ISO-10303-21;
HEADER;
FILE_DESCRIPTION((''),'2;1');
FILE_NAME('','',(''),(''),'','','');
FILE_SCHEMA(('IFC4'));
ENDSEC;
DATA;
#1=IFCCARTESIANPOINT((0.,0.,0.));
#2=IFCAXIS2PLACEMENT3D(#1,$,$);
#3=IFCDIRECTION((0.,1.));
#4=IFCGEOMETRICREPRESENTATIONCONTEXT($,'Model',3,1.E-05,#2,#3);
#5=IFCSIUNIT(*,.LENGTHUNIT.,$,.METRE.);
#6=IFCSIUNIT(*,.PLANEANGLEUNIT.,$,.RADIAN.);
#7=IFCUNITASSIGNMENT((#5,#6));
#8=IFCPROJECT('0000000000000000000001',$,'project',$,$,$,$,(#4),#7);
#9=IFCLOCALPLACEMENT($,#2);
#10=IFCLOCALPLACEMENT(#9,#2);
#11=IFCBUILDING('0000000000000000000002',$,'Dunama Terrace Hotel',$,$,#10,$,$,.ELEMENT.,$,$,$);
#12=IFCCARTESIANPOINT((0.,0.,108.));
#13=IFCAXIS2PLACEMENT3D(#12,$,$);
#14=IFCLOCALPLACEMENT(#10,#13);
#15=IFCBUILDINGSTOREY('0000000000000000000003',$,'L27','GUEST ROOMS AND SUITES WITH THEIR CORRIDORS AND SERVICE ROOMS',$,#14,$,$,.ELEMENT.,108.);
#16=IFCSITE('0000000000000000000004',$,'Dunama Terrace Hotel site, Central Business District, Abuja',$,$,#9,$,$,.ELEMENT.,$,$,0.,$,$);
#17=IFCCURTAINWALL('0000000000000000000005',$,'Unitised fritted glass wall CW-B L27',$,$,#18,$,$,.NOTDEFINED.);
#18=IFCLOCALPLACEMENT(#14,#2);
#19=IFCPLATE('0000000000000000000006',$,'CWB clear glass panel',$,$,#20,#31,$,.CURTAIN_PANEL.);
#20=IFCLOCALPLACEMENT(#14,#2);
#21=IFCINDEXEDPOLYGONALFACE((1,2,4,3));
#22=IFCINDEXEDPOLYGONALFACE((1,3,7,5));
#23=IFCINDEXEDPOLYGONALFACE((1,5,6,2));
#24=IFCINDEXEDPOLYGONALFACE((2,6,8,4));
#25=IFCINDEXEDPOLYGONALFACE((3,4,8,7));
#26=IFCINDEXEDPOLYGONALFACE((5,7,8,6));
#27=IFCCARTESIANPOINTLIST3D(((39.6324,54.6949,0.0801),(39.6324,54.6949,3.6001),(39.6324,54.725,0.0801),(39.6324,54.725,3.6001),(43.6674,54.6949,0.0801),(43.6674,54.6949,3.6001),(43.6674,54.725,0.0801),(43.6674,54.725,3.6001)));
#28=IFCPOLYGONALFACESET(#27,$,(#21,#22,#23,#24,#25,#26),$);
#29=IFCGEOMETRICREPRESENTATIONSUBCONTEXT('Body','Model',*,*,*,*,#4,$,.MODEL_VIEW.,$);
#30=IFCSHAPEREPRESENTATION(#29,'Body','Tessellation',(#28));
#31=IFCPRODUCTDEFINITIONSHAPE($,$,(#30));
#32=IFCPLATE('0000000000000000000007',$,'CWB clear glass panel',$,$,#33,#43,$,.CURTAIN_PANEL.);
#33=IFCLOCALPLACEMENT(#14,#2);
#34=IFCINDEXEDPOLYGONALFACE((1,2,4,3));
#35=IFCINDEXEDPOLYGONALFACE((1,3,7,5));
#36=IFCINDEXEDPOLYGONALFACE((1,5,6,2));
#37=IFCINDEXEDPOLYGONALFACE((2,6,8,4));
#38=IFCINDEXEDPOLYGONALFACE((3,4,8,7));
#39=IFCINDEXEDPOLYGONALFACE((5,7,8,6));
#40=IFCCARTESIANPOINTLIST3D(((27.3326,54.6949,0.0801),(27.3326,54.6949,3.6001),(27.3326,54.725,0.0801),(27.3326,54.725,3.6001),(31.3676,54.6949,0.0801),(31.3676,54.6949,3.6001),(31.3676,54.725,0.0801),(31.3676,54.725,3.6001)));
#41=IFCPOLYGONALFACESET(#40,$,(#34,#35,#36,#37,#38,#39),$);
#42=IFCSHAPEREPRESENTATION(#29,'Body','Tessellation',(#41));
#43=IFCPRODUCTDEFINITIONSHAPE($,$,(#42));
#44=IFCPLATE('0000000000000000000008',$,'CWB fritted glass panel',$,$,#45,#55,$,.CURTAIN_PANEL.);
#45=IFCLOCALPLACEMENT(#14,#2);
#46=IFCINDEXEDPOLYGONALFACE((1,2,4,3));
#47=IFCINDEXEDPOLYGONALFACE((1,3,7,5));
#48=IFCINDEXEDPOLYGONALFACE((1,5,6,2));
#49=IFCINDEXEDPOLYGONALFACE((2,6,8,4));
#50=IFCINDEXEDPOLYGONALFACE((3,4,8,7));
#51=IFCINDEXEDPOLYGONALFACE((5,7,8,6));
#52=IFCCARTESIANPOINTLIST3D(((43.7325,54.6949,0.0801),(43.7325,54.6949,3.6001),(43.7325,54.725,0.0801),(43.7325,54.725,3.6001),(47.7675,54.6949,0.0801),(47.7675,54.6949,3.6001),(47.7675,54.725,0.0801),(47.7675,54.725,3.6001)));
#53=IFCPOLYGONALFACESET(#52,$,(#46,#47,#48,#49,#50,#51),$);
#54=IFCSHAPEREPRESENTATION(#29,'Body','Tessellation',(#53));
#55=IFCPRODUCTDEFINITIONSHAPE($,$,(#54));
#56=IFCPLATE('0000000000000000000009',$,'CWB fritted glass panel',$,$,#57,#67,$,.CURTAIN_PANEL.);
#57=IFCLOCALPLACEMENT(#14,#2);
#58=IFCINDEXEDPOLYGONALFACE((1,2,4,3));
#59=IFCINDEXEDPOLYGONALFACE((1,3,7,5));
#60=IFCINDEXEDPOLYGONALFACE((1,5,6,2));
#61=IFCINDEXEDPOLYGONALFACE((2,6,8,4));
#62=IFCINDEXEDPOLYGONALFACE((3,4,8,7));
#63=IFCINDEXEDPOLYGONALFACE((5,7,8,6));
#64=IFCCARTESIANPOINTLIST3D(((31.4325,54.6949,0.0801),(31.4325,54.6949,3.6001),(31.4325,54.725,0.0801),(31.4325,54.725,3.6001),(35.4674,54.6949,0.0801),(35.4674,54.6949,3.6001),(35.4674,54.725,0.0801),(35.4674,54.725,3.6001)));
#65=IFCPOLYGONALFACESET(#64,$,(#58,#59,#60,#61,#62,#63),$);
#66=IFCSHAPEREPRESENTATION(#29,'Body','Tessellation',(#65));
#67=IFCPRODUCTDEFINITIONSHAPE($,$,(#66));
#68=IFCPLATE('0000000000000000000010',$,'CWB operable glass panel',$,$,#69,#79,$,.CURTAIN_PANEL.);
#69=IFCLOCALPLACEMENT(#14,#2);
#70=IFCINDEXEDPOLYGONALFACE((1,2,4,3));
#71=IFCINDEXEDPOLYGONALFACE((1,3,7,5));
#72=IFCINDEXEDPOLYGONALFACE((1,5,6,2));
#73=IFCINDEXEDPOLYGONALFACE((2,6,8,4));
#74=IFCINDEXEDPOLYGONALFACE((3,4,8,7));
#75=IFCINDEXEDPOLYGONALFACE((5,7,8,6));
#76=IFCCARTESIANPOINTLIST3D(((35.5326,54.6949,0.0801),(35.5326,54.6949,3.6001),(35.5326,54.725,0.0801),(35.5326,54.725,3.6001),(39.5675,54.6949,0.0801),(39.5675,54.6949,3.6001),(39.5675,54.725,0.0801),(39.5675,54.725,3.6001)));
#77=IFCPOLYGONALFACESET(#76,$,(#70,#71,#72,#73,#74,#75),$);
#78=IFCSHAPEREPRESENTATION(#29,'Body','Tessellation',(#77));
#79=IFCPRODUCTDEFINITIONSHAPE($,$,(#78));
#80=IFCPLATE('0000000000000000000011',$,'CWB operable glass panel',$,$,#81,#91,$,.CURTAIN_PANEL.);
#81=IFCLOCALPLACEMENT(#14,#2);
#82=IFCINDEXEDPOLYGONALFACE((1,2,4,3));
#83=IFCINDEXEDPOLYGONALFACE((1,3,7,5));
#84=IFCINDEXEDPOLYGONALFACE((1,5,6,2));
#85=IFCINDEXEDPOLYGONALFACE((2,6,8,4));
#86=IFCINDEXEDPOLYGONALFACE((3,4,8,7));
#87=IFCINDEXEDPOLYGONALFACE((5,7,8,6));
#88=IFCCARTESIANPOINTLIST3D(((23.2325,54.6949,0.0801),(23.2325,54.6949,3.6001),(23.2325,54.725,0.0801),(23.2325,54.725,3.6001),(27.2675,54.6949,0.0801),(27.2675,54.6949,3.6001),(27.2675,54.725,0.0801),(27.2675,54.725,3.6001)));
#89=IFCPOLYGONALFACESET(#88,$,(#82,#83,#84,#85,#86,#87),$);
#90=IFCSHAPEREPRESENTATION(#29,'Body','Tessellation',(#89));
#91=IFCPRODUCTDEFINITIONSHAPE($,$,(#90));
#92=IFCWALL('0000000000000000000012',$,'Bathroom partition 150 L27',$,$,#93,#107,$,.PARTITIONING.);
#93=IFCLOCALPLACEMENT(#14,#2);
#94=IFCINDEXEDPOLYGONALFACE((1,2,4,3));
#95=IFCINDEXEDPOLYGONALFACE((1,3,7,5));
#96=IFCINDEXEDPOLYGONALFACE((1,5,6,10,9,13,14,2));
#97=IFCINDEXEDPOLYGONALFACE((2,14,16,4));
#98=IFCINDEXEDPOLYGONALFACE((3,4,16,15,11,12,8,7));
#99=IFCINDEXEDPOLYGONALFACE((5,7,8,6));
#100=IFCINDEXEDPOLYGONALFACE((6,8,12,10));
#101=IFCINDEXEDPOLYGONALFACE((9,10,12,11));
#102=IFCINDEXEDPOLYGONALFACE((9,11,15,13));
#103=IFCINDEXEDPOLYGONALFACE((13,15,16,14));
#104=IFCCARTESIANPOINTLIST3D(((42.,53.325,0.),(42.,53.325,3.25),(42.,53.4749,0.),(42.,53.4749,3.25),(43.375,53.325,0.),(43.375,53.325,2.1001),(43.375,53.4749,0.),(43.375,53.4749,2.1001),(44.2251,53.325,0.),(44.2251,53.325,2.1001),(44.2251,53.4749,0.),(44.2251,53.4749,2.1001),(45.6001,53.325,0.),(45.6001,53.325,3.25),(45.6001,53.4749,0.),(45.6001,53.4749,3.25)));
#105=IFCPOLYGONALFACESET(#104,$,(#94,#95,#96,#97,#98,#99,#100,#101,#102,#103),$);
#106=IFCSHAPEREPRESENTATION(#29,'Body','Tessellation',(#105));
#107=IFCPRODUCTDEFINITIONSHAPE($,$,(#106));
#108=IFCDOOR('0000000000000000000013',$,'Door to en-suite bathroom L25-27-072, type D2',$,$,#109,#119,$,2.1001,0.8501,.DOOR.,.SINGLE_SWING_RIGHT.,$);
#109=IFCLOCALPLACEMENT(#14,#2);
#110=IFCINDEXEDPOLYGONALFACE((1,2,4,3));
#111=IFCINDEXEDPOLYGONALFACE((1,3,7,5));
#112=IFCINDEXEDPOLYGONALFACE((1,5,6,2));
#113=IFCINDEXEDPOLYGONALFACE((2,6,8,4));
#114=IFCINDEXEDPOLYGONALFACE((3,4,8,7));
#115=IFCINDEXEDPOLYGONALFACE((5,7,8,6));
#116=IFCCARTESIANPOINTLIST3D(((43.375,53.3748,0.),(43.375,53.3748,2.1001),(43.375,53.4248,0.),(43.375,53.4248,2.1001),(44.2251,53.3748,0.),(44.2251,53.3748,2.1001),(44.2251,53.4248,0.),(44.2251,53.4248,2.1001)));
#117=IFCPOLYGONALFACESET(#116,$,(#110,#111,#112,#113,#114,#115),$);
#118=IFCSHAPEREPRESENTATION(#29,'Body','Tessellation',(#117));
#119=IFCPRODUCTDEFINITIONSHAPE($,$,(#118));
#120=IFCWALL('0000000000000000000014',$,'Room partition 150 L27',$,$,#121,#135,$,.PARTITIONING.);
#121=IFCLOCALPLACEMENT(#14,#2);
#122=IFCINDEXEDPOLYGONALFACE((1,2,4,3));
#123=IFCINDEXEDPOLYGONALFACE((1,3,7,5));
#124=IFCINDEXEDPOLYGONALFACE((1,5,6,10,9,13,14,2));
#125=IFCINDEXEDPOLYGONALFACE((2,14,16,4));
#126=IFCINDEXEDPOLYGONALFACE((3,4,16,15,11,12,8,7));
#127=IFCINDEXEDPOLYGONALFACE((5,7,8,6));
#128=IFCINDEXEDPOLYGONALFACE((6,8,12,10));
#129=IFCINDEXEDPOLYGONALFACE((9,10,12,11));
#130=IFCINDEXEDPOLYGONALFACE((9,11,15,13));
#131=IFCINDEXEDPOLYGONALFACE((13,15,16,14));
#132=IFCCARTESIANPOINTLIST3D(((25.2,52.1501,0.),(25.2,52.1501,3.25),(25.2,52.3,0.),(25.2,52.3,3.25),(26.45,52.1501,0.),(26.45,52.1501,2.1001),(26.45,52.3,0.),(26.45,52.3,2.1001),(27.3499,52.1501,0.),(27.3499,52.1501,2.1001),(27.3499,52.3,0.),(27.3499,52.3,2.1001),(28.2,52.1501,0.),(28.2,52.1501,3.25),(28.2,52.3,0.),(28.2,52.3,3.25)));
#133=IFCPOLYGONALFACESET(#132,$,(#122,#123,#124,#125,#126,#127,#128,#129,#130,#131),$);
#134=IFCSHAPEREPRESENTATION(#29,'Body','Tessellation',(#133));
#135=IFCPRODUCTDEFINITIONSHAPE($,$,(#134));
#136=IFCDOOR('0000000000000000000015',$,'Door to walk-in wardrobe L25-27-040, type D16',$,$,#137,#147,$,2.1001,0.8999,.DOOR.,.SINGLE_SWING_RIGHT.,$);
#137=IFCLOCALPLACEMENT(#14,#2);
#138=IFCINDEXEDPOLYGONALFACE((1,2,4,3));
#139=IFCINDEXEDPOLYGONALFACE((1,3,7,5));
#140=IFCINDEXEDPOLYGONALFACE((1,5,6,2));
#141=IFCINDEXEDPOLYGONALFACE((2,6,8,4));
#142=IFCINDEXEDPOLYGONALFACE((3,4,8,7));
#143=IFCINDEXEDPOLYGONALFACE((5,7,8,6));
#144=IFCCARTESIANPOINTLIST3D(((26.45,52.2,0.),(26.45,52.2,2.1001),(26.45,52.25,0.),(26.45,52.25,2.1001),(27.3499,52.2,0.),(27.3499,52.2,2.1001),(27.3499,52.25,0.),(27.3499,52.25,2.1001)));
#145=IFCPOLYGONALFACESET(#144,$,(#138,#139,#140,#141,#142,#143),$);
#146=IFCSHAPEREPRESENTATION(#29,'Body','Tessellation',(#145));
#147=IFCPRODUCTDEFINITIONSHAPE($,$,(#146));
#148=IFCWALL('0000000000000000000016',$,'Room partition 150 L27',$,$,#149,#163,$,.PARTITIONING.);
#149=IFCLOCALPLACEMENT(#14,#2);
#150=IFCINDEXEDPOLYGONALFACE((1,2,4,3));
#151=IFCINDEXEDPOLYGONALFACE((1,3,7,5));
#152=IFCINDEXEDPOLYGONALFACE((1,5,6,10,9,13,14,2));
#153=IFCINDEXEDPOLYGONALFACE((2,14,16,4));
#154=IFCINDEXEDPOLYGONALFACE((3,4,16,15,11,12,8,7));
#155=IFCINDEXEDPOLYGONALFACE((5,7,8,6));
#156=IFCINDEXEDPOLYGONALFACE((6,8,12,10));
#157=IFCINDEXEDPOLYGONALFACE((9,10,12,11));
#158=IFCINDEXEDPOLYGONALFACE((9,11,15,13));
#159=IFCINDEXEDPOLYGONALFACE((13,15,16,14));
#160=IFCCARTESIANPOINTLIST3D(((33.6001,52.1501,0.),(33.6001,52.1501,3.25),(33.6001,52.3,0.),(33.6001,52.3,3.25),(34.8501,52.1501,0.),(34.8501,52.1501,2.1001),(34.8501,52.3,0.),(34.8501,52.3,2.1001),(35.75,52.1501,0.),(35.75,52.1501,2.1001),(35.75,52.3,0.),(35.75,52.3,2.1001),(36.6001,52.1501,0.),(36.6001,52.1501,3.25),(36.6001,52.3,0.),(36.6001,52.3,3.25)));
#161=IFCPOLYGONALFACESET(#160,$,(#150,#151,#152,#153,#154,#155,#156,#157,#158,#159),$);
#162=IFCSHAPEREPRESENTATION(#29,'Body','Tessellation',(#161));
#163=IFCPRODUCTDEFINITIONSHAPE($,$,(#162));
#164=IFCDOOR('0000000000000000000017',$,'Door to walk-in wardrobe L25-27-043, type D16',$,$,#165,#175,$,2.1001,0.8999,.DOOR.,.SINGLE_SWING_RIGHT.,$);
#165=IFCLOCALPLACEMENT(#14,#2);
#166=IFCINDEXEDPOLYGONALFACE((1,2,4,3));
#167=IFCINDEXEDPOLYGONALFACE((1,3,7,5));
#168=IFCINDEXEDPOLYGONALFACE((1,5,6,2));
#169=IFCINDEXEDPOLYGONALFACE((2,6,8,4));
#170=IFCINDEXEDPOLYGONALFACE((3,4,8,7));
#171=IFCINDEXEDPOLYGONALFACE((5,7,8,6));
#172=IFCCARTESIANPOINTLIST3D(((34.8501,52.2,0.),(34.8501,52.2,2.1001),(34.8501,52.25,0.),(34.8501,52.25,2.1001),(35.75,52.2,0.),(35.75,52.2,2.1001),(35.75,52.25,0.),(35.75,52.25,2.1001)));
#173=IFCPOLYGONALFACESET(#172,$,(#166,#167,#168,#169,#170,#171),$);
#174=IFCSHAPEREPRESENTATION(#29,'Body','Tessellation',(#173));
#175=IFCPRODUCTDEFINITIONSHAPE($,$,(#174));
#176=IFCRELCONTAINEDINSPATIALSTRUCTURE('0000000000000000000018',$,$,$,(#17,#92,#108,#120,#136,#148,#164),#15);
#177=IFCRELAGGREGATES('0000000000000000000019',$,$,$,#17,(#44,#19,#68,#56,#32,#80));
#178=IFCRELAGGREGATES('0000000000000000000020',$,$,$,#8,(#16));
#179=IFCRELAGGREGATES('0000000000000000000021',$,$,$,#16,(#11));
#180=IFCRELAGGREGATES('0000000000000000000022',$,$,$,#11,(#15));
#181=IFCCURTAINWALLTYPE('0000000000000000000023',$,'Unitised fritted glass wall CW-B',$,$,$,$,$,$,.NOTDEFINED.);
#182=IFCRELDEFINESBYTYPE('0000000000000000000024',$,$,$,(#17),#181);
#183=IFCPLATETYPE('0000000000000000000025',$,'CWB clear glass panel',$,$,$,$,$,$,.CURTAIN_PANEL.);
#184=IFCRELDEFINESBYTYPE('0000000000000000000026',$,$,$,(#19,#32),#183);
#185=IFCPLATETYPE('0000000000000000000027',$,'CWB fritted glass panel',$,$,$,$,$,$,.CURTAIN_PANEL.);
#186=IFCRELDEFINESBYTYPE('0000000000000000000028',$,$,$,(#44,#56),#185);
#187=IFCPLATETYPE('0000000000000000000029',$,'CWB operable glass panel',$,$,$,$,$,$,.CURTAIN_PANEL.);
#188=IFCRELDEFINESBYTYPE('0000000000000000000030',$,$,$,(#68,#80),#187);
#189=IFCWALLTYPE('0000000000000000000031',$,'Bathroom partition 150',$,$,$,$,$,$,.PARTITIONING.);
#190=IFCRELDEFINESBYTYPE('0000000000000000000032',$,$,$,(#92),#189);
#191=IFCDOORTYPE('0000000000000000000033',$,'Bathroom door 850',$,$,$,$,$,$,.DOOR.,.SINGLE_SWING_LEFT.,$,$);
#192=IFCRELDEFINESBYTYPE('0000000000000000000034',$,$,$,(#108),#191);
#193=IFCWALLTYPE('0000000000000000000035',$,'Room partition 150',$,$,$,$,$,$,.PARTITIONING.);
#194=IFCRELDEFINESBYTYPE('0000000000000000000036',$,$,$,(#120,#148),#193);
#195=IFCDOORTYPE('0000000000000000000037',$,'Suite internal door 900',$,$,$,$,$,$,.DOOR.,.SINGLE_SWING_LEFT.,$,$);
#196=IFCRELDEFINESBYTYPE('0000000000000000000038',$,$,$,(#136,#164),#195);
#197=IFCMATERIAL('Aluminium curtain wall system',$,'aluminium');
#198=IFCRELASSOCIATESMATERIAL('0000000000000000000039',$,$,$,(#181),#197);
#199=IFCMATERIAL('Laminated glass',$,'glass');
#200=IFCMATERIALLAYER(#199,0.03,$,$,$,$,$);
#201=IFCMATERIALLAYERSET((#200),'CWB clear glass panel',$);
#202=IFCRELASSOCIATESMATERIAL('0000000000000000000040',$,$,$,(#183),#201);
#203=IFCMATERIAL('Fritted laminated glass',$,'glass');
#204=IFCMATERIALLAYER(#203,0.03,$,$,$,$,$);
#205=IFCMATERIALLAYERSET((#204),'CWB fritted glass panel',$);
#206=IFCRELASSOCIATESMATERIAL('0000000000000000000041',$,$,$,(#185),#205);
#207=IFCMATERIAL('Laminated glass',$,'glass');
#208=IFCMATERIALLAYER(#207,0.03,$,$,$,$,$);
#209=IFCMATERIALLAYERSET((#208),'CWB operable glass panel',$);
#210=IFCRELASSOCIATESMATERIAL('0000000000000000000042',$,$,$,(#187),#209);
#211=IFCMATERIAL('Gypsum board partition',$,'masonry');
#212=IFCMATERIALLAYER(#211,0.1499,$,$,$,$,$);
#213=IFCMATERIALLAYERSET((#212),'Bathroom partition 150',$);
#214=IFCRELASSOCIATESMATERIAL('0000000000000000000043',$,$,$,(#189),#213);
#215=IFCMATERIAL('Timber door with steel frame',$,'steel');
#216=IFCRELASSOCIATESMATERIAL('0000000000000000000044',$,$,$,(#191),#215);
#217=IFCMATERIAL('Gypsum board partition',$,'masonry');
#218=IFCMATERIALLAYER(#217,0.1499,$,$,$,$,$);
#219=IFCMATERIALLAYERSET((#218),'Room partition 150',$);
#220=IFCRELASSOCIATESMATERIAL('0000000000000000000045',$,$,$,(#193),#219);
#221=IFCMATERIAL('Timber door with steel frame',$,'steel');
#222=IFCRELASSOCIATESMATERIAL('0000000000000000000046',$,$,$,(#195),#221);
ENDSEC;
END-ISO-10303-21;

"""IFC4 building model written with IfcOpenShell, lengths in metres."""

from ifc_helpers import new_model, si_unit, direction, frame, frame_2d, origin, origin_2d, place, context, subcontext, project, spatial, rectangle, extrude, material, layer, layer_set, type_object, element, fill, aggregate, save


model = new_model("IFC4")

# Units and contexts
model_context = context("Model", 3, precision=1e-05, world=origin(), true_north=direction((0.0, 1.0)))
body_context = subcontext(model_context, "Body", "Model", "MODEL_VIEW")
ifc_project = project(units=[si_unit("LENGTHUNIT", "METRE"), si_unit("PLANEANGLEUNIT", "RADIAN")], contexts=[model_context])

# Site, building, storey
site_placement = place(None, origin())
site = spatial("IfcSite", under=ifc_project, at=site_placement, Name="Dunama Terrace Hotel site, Central Business District, Abuja", CompositionType="ELEMENT", RefElevation=0.0)
building_placement = place(site_placement, origin())
building = spatial("IfcBuilding", under=site, at=building_placement, Name="Dunama Terrace Hotel", CompositionType="ELEMENT")
storey_placement = place(building_placement, frame((0.0, 0.0, 108.0)))
storey = spatial("IfcBuildingStorey", under=building, at=storey_placement, Name="L27", Description="GUEST ROOMS AND SUITES WITH THEIR CORRIDORS AND SERVICE ROOMS", CompositionType="ELEMENT", Elevation=108.0)

# Curtain wall
ifc_material_1 = material(Name="Aluminium curtain wall system", Category="aluminium")
curtain_wall_type = type_object("IfcCurtainWallType", Name="Unitised fritted glass wall CW-B", PredefinedType="NOTDEFINED", material=ifc_material_1)
curtain_wall_placement = place(storey_placement, origin())
curtain_wall = element("IfcCurtainWall", 1, at=curtain_wall_placement, inside=storey, type_object=curtain_wall_type, Name="Unitised fritted glass wall CW-B L27", PredefinedType="NOTDEFINED")

# Plates
ifc_material_2 = material(Name="Laminated glass", Category="glass")
ifc_layer_1 = layer(ifc_material_2, 0.03)
ifc_layer_set_1 = layer_set([ifc_layer_1], Name="CWB clear glass panel")
plate_type_1 = type_object("IfcPlateType", Name="CWB clear glass panel", PredefinedType="CURTAIN_PANEL", material=ifc_layer_set_1)
plate_1_placement = place(storey_placement, frame((41.6499, 54.71, 0.0801), z_axis=(0.0, 0.0, 1.0), x_axis=(-1.0, 0.0, 0.0)))
plate_1 = element("IfcPlate", 2, at=plate_1_placement, type_object=plate_type_1, Name="CWB clear glass panel", PredefinedType="CURTAIN_PANEL", context=body_context, shape_type="SweptSolid", body=[
    extrude(rectangle(XDim=4.0349, YDim=0.03, at=origin_2d()), origin(), (0.0, 0.0, 1.0), 3.52),
])
plate_2_placement = place(storey_placement, frame((29.3501, 54.71, 0.0801), z_axis=(0.0, 0.0, 1.0), x_axis=(-1.0, 0.0, 0.0)))
plate_2 = element("IfcPlate", 3, at=plate_2_placement, type_object=plate_type_1, Name="CWB clear glass panel", PredefinedType="CURTAIN_PANEL", context=body_context, shape_type="SweptSolid", body=[
    extrude(rectangle(XDim=4.0349, YDim=0.03, at=origin_2d()), origin(), (0.0, 0.0, 1.0), 3.52),
])
ifc_material_3 = material(Name="Fritted laminated glass", Category="glass")
ifc_layer_2 = layer(ifc_material_3, 0.03)
ifc_layer_set_2 = layer_set([ifc_layer_2], Name="CWB fritted glass panel")
plate_type_2 = type_object("IfcPlateType", Name="CWB fritted glass panel", PredefinedType="CURTAIN_PANEL", material=ifc_layer_set_2)
plate_3_placement = place(storey_placement, frame((45.75, 54.71, 0.0801), z_axis=(0.0, 0.0, 1.0), x_axis=(-1.0, 0.0, 0.0)))
plate_3 = element("IfcPlate", 4, at=plate_3_placement, type_object=plate_type_2, Name="CWB fritted glass panel", PredefinedType="CURTAIN_PANEL", context=body_context, shape_type="SweptSolid", body=[
    extrude(rectangle(XDim=4.0349, YDim=0.03, at=origin_2d()), origin(), (0.0, 0.0, 1.0), 3.52),
])
plate_4_placement = place(storey_placement, frame((33.45, 54.71, 0.0801), z_axis=(0.0, 0.0, 1.0), x_axis=(-1.0, 0.0, 0.0)))
plate_4 = element("IfcPlate", 5, at=plate_4_placement, type_object=plate_type_2, Name="CWB fritted glass panel", PredefinedType="CURTAIN_PANEL", context=body_context, shape_type="SweptSolid", body=[
    extrude(rectangle(XDim=4.0349, YDim=0.03, at=origin_2d()), origin(), (0.0, 0.0, 1.0), 3.52),
])
ifc_material_4 = material(Name="Laminated glass", Category="glass")
ifc_layer_3 = layer(ifc_material_4, 0.03)
ifc_layer_set_3 = layer_set([ifc_layer_3], Name="CWB operable glass panel")
plate_type_3 = type_object("IfcPlateType", Name="CWB operable glass panel", PredefinedType="CURTAIN_PANEL", material=ifc_layer_set_3)
plate_5_placement = place(storey_placement, frame((37.55, 54.71, 0.0801), z_axis=(0.0, 0.0, 1.0), x_axis=(-1.0, 0.0, 0.0)))
plate_5 = element("IfcPlate", 6, at=plate_5_placement, type_object=plate_type_3, Name="CWB operable glass panel", PredefinedType="CURTAIN_PANEL", context=body_context, shape_type="SweptSolid", body=[
    extrude(rectangle(XDim=4.0349, YDim=0.03, at=origin_2d()), origin(), (0.0, 0.0, 1.0), 3.52),
])
plate_6_placement = place(storey_placement, frame((25.25, 54.71, 0.0801), z_axis=(0.0, 0.0, 1.0), x_axis=(-1.0, 0.0, 0.0)))
plate_6 = element("IfcPlate", 7, at=plate_6_placement, type_object=plate_type_3, Name="CWB operable glass panel", PredefinedType="CURTAIN_PANEL", context=body_context, shape_type="SweptSolid", body=[
    extrude(rectangle(XDim=4.0349, YDim=0.03, at=origin_2d()), origin(), (0.0, 0.0, 1.0), 3.52),
])
aggregate(curtain_wall, [plate_3, plate_1, plate_5, plate_4, plate_2, plate_6])

# Walls, openings, doors
ifc_material_5 = material(Name="Gypsum board partition", Category="masonry")
ifc_layer_4 = layer(ifc_material_5, 0.1499)
ifc_layer_set_4 = layer_set([ifc_layer_4], Name="Bathroom partition 150")
wall_type_1 = type_object("IfcWallType", Name="Bathroom partition 150", PredefinedType="PARTITIONING", material=ifc_layer_set_4)
wall_1_placement = place(storey_placement, frame((42.0, 53.3999, 0.0), z_axis=(0.0, 0.0, 1.0), x_axis=(1.0, 0.0, 0.0)))
wall_1 = element("IfcWall", 8, at=wall_1_placement, inside=storey, type_object=wall_type_1, Name="Bathroom partition 150 L27", PredefinedType="PARTITIONING", context=body_context, shape_type="SweptSolid", body=[
    extrude(rectangle(XDim=3.6001, YDim=0.1499, at=frame_2d((1.8, 0.0))), origin(), (0.0, 0.0, 1.0), 3.25),
])
opening_1_placement = place(wall_1_placement, frame((1.375, 0.0, 0.0)))
opening_1 = element("IfcOpeningElement", 9, at=opening_1_placement, cuts=wall_1, PredefinedType="OPENING", context=body_context, shape_type="SweptSolid", body=[
    extrude(rectangle(XDim=0.8501, YDim=2.1001, at=frame_2d((0.425, 1.05))), frame((0.0, 0.085, 0.0), z_axis=(0.0, -1.0, 0.0), x_axis=(1.0, 0.0, 0.0)), (0.0, 0.0, 1.0), 0.1699),
])
ifc_material_6 = material(Name="Timber door with steel frame", Category="steel")
door_type_1 = type_object("IfcDoorType", Name="Bathroom door 850", OperationType="SINGLE_SWING_LEFT", PredefinedType="DOOR", material=ifc_material_6)
door_1_placement = place(opening_1_placement, frame((0.8501, 0.0, 0.0), z_axis=(0.0, 0.0, 1.0), x_axis=(-1.0, 0.0, 0.0)))
door_1 = element("IfcDoor", 10, at=door_1_placement, inside=storey, type_object=door_type_1, Name="Door to en-suite bathroom L25-27-072, type D2", OperationType="SINGLE_SWING_RIGHT", OverallHeight=2.1001, OverallWidth=0.8501, PredefinedType="DOOR", context=body_context, shape_type="SweptSolid", body=[
    extrude(rectangle(XDim=0.8501, YDim=2.1001, at=frame_2d((0.425, 1.05))), frame((0.0, 0.0251, 0.0), z_axis=(0.0, -1.0, 0.0), x_axis=(1.0, 0.0, 0.0)), (0.0, 0.0, 1.0), 0.05),
])
fill(opening_1, door_1)
ifc_material_7 = material(Name="Gypsum board partition", Category="masonry")
ifc_layer_5 = layer(ifc_material_7, 0.1499)
ifc_layer_set_5 = layer_set([ifc_layer_5], Name="Room partition 150")
wall_type_2 = type_object("IfcWallType", Name="Room partition 150", PredefinedType="PARTITIONING", material=ifc_layer_set_5)
wall_2_placement = place(storey_placement, frame((25.2, 52.2251, 0.0), z_axis=(0.0, 0.0, 1.0), x_axis=(1.0, 0.0, 0.0)))
wall_2 = element("IfcWall", 11, at=wall_2_placement, inside=storey, type_object=wall_type_2, Name="Room partition 150 L27", PredefinedType="PARTITIONING", context=body_context, shape_type="SweptSolid", body=[
    extrude(rectangle(XDim=3.0, YDim=0.1499, at=frame_2d((1.5, 0.0))), origin(), (0.0, 0.0, 1.0), 3.25),
])
opening_2_placement = place(wall_2_placement, frame((1.25, 0.0, 0.0)))
opening_2 = element("IfcOpeningElement", 12, at=opening_2_placement, cuts=wall_2, PredefinedType="OPENING", context=body_context, shape_type="SweptSolid", body=[
    extrude(rectangle(XDim=0.8999, YDim=2.1001, at=frame_2d((0.45, 1.05))), frame((0.0, 0.085, 0.0), z_axis=(0.0, -1.0, 0.0), x_axis=(1.0, 0.0, 0.0)), (0.0, 0.0, 1.0), 0.1699),
])
ifc_material_8 = material(Name="Timber door with steel frame", Category="steel")
door_type_2 = type_object("IfcDoorType", Name="Suite internal door 900", OperationType="SINGLE_SWING_LEFT", PredefinedType="DOOR", material=ifc_material_8)
door_2_placement = place(opening_2_placement, frame((0.8999, 0.0, 0.0), z_axis=(0.0, 0.0, 1.0), x_axis=(-1.0, 0.0, 0.0)))
door_2 = element("IfcDoor", 13, at=door_2_placement, inside=storey, type_object=door_type_2, Name="Door to walk-in wardrobe L25-27-040, type D16", OperationType="SINGLE_SWING_RIGHT", OverallHeight=2.1001, OverallWidth=0.8999, PredefinedType="DOOR", context=body_context, shape_type="SweptSolid", body=[
    extrude(rectangle(XDim=0.8999, YDim=2.1001, at=frame_2d((0.45, 1.05))), frame((0.0, 0.0251, 0.0), z_axis=(0.0, -1.0, 0.0), x_axis=(1.0, 0.0, 0.0)), (0.0, 0.0, 1.0), 0.05),
])
fill(opening_2, door_2)
wall_3_placement = place(storey_placement, frame((33.6001, 52.2251, 0.0), z_axis=(0.0, 0.0, 1.0), x_axis=(1.0, 0.0, 0.0)))
wall_3 = element("IfcWall", 14, at=wall_3_placement, inside=storey, type_object=wall_type_2, Name="Room partition 150 L27", PredefinedType="PARTITIONING", context=body_context, shape_type="SweptSolid", body=[
    extrude(rectangle(XDim=3.0, YDim=0.1499, at=frame_2d((1.5, 0.0))), origin(), (0.0, 0.0, 1.0), 3.25),
])
opening_3_placement = place(wall_3_placement, frame((1.25, 0.0, 0.0)))
opening_3 = element("IfcOpeningElement", 15, at=opening_3_placement, cuts=wall_3, PredefinedType="OPENING", context=body_context, shape_type="SweptSolid", body=[
    extrude(rectangle(XDim=0.8999, YDim=2.1001, at=frame_2d((0.45, 1.05))), frame((0.0, 0.085, 0.0), z_axis=(0.0, -1.0, 0.0), x_axis=(1.0, 0.0, 0.0)), (0.0, 0.0, 1.0), 0.1699),
])
door_3_placement = place(opening_3_placement, frame((0.8999, 0.0, 0.0), z_axis=(0.0, 0.0, 1.0), x_axis=(-1.0, 0.0, 0.0)))
door_3 = element("IfcDoor", 16, at=door_3_placement, inside=storey, type_object=door_type_2, Name="Door to walk-in wardrobe L25-27-043, type D16", OperationType="SINGLE_SWING_RIGHT", OverallHeight=2.1001, OverallWidth=0.8999, PredefinedType="DOOR", context=body_context, shape_type="SweptSolid", body=[
    extrude(rectangle(XDim=0.8999, YDim=2.1001, at=frame_2d((0.45, 1.05))), frame((0.0, 0.0251, 0.0), z_axis=(0.0, -1.0, 0.0), x_axis=(1.0, 0.0, 0.0)), (0.0, 0.0, 1.0), 0.05),
])
fill(opening_3, door_3)

save(model, "model.ifc")
